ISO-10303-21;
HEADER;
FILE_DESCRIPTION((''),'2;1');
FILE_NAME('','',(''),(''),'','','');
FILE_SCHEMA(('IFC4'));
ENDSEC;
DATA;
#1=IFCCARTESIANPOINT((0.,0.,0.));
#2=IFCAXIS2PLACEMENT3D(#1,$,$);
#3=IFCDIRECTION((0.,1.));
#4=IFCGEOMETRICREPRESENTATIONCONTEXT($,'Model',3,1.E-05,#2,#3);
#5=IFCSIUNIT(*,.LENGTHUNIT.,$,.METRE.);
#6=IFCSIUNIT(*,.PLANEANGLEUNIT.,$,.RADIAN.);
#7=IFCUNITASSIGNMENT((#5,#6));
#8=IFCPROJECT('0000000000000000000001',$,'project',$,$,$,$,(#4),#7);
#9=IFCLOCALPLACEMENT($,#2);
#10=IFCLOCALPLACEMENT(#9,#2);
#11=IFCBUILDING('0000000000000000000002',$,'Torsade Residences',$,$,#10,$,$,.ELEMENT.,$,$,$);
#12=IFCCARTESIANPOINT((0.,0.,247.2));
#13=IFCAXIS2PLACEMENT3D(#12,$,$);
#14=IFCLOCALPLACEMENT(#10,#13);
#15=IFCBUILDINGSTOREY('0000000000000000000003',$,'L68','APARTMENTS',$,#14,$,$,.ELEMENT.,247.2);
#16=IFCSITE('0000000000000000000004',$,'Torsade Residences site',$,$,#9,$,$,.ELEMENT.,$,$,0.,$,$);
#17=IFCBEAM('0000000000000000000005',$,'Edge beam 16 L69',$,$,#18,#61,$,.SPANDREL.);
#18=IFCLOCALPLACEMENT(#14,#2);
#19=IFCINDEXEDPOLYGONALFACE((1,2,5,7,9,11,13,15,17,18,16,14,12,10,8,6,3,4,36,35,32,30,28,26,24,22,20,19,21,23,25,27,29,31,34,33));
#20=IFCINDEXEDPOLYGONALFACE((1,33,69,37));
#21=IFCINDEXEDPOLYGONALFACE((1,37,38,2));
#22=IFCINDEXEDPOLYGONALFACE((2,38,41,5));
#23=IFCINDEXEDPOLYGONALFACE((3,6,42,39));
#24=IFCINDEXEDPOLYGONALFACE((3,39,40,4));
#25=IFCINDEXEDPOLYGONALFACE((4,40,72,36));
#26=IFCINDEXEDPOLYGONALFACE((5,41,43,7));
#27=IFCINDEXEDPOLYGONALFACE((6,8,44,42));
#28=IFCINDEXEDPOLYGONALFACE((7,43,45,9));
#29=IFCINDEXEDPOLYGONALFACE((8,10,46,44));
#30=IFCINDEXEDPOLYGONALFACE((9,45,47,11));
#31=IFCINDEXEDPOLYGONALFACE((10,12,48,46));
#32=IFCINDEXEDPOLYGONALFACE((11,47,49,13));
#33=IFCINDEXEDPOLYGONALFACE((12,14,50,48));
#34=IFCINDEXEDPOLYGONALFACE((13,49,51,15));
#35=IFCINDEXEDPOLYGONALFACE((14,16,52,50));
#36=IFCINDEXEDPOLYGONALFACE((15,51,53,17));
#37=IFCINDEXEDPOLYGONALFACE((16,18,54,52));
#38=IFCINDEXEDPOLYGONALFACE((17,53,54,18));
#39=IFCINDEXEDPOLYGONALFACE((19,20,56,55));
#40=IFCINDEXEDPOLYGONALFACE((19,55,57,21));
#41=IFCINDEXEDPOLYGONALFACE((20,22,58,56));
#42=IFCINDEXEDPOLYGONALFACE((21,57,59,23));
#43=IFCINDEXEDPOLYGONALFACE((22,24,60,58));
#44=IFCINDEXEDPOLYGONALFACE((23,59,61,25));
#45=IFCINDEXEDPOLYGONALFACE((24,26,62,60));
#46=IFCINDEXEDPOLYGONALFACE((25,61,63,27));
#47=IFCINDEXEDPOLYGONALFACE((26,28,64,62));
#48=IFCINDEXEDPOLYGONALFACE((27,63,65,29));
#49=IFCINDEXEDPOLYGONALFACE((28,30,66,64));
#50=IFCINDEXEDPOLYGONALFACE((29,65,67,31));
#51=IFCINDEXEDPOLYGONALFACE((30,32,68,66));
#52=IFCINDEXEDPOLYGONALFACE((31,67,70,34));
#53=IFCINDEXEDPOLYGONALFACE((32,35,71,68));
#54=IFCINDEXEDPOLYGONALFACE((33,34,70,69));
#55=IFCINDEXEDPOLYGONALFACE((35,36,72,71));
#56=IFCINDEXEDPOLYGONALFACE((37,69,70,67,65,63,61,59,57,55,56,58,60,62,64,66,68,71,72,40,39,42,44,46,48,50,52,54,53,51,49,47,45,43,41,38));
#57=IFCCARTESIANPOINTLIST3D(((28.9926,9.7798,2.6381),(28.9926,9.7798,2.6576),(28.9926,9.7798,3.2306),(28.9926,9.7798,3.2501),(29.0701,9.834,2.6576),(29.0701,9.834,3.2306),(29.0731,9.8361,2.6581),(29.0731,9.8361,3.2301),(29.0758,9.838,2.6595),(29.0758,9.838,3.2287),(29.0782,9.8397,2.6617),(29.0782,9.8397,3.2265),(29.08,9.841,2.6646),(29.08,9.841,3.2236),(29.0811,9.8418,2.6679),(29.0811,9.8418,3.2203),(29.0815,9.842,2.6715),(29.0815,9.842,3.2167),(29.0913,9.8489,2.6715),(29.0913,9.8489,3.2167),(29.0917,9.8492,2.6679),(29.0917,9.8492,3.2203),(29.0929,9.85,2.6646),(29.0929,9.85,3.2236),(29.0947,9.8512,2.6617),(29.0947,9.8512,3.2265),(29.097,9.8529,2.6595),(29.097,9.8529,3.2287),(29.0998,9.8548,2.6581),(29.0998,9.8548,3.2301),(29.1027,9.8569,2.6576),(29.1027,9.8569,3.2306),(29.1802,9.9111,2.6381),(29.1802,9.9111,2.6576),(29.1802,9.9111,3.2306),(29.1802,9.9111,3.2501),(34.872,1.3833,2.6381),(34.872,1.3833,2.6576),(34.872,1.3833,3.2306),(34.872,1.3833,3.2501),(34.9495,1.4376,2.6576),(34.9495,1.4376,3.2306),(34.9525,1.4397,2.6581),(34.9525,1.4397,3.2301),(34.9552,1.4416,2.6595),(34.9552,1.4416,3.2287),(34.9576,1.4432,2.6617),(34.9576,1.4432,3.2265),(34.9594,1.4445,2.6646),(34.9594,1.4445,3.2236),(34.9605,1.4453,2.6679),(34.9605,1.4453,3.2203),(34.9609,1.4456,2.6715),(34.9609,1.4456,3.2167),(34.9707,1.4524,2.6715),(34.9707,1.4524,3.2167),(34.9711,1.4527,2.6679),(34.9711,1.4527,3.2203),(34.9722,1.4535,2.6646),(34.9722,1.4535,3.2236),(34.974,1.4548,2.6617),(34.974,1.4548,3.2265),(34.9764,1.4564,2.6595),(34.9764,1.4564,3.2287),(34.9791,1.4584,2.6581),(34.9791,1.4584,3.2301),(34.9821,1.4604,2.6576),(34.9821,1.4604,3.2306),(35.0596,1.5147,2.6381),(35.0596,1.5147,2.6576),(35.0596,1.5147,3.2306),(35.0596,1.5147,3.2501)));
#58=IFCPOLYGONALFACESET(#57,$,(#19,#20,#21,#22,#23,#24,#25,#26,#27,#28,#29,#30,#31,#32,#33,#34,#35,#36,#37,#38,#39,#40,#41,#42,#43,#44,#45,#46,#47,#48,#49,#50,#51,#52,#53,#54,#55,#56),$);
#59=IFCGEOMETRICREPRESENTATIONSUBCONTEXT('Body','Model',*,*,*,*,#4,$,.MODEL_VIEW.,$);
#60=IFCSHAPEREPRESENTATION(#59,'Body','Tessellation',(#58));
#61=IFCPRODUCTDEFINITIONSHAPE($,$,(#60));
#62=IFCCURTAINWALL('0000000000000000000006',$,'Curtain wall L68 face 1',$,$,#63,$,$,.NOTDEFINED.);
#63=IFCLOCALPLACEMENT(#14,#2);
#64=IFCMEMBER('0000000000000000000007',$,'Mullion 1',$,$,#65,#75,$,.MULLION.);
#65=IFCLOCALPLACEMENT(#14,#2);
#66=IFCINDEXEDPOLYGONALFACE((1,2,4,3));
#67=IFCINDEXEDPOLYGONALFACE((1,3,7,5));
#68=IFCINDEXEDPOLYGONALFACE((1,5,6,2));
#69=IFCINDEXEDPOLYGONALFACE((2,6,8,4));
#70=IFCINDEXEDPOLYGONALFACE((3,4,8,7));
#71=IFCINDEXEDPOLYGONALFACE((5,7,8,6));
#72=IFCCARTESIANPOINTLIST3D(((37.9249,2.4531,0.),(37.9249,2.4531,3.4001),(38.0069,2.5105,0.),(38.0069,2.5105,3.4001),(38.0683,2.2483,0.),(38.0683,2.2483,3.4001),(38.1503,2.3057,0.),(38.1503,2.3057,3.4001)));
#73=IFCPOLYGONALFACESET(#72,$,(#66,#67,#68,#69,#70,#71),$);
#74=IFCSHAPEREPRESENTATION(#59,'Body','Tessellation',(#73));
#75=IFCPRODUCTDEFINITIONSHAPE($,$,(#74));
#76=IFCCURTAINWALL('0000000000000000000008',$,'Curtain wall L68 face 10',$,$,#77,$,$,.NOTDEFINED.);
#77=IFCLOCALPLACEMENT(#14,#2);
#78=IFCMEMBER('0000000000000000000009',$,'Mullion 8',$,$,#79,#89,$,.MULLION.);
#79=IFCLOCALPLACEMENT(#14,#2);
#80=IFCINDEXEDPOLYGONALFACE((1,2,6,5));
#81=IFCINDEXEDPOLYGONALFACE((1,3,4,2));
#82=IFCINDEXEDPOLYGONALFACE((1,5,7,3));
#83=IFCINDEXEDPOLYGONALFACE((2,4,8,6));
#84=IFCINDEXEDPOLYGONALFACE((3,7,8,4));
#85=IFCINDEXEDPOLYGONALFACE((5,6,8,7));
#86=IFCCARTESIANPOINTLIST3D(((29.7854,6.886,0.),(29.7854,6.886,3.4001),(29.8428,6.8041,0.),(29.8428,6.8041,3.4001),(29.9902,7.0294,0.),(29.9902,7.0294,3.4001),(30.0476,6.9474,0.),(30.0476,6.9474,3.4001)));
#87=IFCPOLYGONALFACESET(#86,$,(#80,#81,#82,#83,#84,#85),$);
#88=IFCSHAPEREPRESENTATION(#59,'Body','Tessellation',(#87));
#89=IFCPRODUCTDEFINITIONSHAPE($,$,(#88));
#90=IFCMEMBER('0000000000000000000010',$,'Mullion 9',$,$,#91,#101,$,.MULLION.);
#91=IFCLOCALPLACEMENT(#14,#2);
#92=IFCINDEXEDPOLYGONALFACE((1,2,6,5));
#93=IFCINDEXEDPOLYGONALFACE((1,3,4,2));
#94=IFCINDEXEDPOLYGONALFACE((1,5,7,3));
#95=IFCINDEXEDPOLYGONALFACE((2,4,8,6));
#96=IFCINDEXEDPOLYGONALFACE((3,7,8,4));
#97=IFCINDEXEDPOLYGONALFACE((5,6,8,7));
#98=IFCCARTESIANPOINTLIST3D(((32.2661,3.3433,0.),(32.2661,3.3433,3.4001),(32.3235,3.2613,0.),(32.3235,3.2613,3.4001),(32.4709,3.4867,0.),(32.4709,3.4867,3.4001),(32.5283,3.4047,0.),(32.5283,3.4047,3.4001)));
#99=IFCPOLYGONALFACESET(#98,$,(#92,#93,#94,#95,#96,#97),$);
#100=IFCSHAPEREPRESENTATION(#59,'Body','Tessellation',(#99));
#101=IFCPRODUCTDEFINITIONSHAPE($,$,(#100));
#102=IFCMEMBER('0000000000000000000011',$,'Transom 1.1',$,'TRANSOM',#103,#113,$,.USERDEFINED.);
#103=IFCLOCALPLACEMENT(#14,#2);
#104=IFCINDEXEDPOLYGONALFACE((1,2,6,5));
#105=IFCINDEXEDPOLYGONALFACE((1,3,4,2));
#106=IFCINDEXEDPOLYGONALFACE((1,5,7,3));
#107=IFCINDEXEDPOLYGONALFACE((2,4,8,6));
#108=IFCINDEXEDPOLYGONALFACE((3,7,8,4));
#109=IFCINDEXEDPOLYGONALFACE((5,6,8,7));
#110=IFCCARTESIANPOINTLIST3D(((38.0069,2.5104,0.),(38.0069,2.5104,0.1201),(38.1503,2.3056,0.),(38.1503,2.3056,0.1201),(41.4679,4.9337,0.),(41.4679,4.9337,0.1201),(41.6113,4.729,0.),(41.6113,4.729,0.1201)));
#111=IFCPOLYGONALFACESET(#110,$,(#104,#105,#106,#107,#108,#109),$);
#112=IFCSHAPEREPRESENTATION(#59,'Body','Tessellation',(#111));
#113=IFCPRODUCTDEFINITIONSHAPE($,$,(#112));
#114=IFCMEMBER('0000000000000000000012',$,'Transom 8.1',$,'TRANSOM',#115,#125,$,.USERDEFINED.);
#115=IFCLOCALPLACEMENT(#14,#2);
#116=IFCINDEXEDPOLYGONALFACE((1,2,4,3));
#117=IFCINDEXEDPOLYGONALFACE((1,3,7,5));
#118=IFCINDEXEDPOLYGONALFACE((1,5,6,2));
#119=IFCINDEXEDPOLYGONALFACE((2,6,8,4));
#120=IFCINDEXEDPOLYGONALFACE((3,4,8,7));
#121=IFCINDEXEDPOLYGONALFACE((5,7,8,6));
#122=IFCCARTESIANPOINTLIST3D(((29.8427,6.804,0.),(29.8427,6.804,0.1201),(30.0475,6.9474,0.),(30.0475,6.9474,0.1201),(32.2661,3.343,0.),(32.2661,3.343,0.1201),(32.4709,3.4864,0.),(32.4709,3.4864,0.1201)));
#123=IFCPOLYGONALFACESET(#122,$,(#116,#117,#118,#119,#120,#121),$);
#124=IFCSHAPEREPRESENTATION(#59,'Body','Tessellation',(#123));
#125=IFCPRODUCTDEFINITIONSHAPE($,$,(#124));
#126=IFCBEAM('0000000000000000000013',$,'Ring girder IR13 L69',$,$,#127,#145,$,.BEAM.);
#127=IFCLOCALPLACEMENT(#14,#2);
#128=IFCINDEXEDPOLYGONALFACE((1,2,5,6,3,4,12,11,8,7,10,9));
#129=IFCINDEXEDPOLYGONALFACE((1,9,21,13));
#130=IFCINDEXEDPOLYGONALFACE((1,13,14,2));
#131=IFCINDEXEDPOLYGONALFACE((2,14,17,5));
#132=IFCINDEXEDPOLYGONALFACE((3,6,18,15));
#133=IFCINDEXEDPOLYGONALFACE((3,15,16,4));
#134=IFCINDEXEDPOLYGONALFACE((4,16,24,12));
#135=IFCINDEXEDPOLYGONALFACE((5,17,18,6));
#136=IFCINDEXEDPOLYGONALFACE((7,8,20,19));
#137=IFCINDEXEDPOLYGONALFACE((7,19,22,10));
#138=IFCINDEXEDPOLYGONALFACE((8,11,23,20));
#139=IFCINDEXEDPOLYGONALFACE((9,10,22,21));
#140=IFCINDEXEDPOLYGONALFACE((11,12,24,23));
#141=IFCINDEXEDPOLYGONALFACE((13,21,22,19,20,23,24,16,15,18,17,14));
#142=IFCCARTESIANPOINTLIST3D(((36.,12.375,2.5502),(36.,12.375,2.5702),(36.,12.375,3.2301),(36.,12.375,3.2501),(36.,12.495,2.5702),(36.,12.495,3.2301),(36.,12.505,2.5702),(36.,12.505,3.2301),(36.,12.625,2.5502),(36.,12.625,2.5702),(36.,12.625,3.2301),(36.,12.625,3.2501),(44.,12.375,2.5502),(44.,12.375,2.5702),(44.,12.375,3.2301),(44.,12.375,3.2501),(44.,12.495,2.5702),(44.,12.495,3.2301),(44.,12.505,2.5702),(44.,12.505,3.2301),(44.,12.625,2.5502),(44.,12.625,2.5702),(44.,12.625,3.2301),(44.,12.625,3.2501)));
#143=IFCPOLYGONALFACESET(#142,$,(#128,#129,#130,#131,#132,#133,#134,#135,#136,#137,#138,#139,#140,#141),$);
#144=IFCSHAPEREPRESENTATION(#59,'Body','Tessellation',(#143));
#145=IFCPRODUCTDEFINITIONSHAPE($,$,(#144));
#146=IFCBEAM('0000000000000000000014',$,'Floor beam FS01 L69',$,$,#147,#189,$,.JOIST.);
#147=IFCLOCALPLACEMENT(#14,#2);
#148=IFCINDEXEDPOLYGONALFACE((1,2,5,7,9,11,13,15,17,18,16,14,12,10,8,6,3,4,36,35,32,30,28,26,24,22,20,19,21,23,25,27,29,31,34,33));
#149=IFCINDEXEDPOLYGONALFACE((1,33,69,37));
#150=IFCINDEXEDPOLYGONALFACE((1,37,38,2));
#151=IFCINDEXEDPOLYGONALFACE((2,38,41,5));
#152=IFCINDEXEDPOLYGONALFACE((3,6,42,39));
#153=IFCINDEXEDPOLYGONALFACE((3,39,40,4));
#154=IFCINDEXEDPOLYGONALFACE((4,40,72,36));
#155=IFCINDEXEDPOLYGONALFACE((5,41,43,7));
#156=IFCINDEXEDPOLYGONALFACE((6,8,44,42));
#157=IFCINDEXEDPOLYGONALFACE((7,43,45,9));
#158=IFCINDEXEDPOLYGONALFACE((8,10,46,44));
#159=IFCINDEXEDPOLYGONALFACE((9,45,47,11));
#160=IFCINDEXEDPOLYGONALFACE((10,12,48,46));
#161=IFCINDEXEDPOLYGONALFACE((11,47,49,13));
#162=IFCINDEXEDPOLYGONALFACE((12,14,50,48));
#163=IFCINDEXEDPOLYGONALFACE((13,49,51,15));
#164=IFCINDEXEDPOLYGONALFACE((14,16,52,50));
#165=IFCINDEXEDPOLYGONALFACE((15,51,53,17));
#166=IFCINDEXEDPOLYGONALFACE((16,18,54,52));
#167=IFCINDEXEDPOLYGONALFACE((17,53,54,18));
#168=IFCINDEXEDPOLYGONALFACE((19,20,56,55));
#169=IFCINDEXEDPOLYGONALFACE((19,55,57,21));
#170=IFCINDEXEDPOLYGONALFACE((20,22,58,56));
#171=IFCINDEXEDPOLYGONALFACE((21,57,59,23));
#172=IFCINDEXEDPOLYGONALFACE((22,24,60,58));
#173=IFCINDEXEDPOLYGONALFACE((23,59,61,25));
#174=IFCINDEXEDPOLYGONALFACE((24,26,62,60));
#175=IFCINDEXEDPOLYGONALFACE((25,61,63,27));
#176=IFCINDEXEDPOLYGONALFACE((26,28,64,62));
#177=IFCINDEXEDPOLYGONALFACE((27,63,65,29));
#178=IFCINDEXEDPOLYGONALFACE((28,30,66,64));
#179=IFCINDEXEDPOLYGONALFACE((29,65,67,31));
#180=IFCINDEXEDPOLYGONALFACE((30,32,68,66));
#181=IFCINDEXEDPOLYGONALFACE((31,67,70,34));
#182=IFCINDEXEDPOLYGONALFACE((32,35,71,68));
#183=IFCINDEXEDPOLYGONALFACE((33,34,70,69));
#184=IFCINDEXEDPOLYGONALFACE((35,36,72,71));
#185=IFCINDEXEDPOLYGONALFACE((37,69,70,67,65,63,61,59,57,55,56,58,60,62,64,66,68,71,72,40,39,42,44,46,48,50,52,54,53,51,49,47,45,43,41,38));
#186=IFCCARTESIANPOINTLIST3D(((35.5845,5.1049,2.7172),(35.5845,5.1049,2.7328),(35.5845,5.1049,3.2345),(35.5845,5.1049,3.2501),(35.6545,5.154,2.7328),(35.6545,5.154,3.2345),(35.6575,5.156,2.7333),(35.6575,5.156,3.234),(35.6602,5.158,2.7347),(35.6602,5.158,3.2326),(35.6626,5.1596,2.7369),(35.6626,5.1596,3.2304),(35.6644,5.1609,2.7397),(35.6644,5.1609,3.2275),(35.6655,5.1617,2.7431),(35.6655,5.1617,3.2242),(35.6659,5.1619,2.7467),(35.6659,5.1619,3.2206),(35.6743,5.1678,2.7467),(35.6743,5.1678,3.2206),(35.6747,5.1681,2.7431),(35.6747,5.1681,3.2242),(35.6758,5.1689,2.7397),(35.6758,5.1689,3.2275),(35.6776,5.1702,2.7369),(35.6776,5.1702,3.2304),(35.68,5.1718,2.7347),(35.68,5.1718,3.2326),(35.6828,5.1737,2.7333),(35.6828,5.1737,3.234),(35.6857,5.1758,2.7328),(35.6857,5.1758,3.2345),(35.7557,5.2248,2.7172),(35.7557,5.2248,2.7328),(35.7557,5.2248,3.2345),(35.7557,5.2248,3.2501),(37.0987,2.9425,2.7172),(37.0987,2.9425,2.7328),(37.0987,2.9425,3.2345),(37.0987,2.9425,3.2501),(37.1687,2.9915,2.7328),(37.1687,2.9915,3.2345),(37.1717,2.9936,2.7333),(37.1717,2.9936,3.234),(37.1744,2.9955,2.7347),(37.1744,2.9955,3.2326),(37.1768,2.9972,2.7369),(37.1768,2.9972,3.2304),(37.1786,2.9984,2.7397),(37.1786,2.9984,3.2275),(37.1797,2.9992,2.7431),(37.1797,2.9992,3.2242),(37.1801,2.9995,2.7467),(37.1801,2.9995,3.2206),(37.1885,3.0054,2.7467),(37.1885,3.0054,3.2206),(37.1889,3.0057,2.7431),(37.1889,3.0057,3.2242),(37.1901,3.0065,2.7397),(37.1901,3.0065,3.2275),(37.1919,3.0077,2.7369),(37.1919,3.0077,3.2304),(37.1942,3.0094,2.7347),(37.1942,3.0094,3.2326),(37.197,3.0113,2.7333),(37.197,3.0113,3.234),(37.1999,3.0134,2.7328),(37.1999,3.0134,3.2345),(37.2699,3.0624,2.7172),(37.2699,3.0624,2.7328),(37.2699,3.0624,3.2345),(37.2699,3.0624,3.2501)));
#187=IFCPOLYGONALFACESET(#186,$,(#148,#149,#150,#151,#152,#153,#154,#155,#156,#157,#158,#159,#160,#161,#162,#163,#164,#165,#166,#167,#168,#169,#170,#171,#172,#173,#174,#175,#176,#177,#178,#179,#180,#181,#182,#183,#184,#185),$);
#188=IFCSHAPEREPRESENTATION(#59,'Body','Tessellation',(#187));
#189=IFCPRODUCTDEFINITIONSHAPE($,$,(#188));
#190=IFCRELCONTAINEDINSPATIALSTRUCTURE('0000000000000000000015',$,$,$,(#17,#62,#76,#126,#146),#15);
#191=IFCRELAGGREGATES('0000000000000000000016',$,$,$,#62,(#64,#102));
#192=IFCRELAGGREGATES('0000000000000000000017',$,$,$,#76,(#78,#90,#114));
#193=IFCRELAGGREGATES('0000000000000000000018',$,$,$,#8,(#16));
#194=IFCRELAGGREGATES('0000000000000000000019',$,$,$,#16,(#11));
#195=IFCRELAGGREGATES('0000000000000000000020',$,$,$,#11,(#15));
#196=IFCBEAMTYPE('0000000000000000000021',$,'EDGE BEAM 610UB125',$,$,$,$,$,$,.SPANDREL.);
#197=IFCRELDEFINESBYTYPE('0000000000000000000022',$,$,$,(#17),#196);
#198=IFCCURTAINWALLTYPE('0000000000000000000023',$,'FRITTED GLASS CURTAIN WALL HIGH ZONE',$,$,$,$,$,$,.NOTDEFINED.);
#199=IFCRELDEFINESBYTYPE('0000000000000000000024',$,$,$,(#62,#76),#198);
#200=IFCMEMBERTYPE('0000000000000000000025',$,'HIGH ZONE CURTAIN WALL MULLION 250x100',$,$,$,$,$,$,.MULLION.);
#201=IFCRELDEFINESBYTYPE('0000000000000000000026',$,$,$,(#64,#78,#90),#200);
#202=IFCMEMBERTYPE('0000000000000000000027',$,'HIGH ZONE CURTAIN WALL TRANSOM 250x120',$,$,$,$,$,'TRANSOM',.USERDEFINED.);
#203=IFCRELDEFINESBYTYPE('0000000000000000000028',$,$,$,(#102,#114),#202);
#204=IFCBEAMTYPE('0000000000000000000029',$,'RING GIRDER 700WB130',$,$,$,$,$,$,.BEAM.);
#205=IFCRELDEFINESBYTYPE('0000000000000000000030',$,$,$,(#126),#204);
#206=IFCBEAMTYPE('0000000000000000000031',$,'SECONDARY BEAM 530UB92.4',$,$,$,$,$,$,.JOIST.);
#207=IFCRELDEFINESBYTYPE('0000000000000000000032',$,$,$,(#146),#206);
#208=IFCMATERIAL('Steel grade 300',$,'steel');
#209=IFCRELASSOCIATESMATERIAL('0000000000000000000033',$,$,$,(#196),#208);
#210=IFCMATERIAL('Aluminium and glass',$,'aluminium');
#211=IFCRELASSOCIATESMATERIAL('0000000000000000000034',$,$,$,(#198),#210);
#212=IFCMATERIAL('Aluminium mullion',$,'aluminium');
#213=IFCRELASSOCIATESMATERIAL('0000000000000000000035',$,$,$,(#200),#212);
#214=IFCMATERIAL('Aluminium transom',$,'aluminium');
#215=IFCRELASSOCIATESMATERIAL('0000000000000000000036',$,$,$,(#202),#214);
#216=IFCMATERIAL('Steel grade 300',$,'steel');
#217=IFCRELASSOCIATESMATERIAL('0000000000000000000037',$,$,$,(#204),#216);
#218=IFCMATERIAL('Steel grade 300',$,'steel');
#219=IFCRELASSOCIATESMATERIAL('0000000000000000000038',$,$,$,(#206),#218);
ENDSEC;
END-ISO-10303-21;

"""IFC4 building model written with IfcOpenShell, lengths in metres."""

from ifc_helpers import new_model, si_unit, direction, frame, origin, origin_2d, place, context, subcontext, project, spatial, rectangle, i_section, extrude, material, material_profile, profile_set, type_object, element, aggregate, save


model = new_model("IFC4")

# Units and contexts
model_context = context("Model", 3, precision=1e-05, world=origin(), true_north=direction((0.0, 1.0)))
body_context = subcontext(model_context, "Body", "Model", "MODEL_VIEW")
ifc_project = project(units=[si_unit("LENGTHUNIT", "METRE"), si_unit("PLANEANGLEUNIT", "RADIAN")], contexts=[model_context])

# Site, building, storey
site_placement = place(None, origin())
site = spatial("IfcSite", under=ifc_project, at=site_placement, Name="Torsade Residences site", CompositionType="ELEMENT", RefElevation=0.0)
building_placement = place(site_placement, origin())
building = spatial("IfcBuilding", under=site, at=building_placement, Name="Torsade Residences", CompositionType="ELEMENT")
storey_placement = place(building_placement, frame((0.0, 0.0, 247.2)))
storey = spatial("IfcBuildingStorey", under=building, at=storey_placement, Name="L68", Description="APARTMENTS", CompositionType="ELEMENT", Elevation=247.2)

# Beam
ifc_material_1 = material(Name="Steel grade 300", Category="steel")
ifc_material_profile_1 = material_profile(ifc_material_1, i_section(OverallWidth=0.229, OverallDepth=0.6121, WebThickness=0.012, FlangeThickness=0.0195, FilletRadius=0.0139, at=origin_2d()), Name="610UB125")
ifc_profile_set_1 = profile_set([ifc_material_profile_1], Name="Steel grade 300")
beam_type_1 = type_object("IfcBeamType", Name="EDGE BEAM 610UB125", PredefinedType="SPANDREL", material=ifc_profile_set_1)
beam_1_placement = place(storey_placement, frame((29.0864, 9.8455, 2.9441), z_axis=(0.573584, -0.819147, 0.0), x_axis=(0.819147, 0.573584, 0.0)))
element("IfcBeam", 1, at=beam_1_placement, inside=storey, type_object=beam_type_1, Name="Edge beam 16 L69", PredefinedType="SPANDREL", context=body_context, shape_type="SweptSolid", body=[
    extrude(i_section(OverallWidth=0.229, OverallDepth=0.6121, WebThickness=0.012, FlangeThickness=0.0195, FilletRadius=0.0139, at=origin_2d()), origin(), (0.0, 0.0, 1.0), 10.2502),
])

# Curtain wall, member
ifc_material_2 = material(Name="Aluminium and glass", Category="aluminium")
curtain_wall_type = type_object("IfcCurtainWallType", Name="FRITTED GLASS CURTAIN WALL HIGH ZONE", PredefinedType="NOTDEFINED", material=ifc_material_2)
curtain_wall_1_placement = place(storey_placement, origin())
curtain_wall_1 = element("IfcCurtainWall", 2, at=curtain_wall_1_placement, inside=storey, type_object=curtain_wall_type, Name="Curtain wall L68 face 1", PredefinedType="NOTDEFINED")
ifc_material_3 = material(Name="Aluminium mullion", Category="aluminium")
ifc_material_profile_2 = material_profile(ifc_material_3, rectangle(XDim=0.25, YDim=0.1001, at=origin_2d()), Name="HIGH ZONE CURTAIN WALL MULLION 250x100")
ifc_profile_set_2 = profile_set([ifc_material_profile_2], Name="Aluminium mullion")
member_type_1 = type_object("IfcMemberType", Name="HIGH ZONE CURTAIN WALL MULLION 250x100", PredefinedType="MULLION", material=ifc_profile_set_2)
member_1_placement = place(storey_placement, frame((38.0376, 2.3794, 0.0), z_axis=(0.0, 0.0, 1.0), x_axis=(-0.573576, 0.819152, 0.0)))
member_1 = element("IfcMember", 3, at=member_1_placement, type_object=member_type_1, Name="Mullion 1", PredefinedType="MULLION", context=body_context, shape_type="SweptSolid", body=[
    extrude(rectangle(XDim=0.25, YDim=0.1001, at=origin_2d()), origin(), (0.0, 0.0, 1.0), 3.4001),
])

# Curtain wall, members
curtain_wall_2_placement = place(storey_placement, origin())
curtain_wall_2 = element("IfcCurtainWall", 4, at=curtain_wall_2_placement, inside=storey, type_object=curtain_wall_type, Name="Curtain wall L68 face 10", PredefinedType="NOTDEFINED")
member_2_placement = place(storey_placement, frame((29.9165, 6.9167, 0.0), z_axis=(0.0, 0.0, 1.0), x_axis=(0.819152, 0.573576, 0.0)))
member_2 = element("IfcMember", 5, at=member_2_placement, type_object=member_type_1, Name="Mullion 8", PredefinedType="MULLION", context=body_context, shape_type="SweptSolid", body=[
    extrude(rectangle(XDim=0.25, YDim=0.1001, at=origin_2d()), origin(), (0.0, 0.0, 1.0), 3.4001),
])
member_3_placement = place(storey_placement, frame((32.3972, 3.374, 0.0), z_axis=(0.0, 0.0, 1.0), x_axis=(0.819152, 0.573576, 0.0)))
member_3 = element("IfcMember", 6, at=member_3_placement, type_object=member_type_1, Name="Mullion 9", PredefinedType="MULLION", context=body_context, shape_type="SweptSolid", body=[
    extrude(rectangle(XDim=0.25, YDim=0.1001, at=origin_2d()), origin(), (0.0, 0.0, 1.0), 3.4001),
])

# Members
ifc_material_4 = material(Name="Aluminium transom", Category="aluminium")
ifc_material_profile_3 = material_profile(ifc_material_4, rectangle(XDim=0.25, YDim=0.1201, at=origin_2d()), Name="HIGH ZONE CURTAIN WALL TRANSOM 250x120")
ifc_profile_set_3 = profile_set([ifc_material_profile_3], Name="Aluminium transom")
member_type_2 = type_object("IfcMemberType", Name="HIGH ZONE CURTAIN WALL TRANSOM 250x120", ElementType="TRANSOM", PredefinedType="USERDEFINED", material=ifc_profile_set_3)
member_4_placement = place(storey_placement, frame((38.0786, 2.408, 0.0601), z_axis=(0.819156, 0.573571, 0.0), x_axis=(-0.573571, 0.819156, 0.0)))
member_4 = element("IfcMember", 7, at=member_4_placement, type_object=member_type_2, Name="Transom 1.1", ObjectType="TRANSOM", PredefinedType="USERDEFINED", context=body_context, shape_type="SweptSolid", body=[
    extrude(rectangle(XDim=0.25, YDim=0.1201, at=origin_2d()), origin(), (0.0, 0.0, 1.0), 4.2251),
])
aggregate(curtain_wall_1, [member_1, member_4])
member_5_placement = place(storey_placement, frame((29.9451, 6.8757, 0.0601), z_axis=(0.573571, -0.819156, 0.0), x_axis=(0.819156, 0.573571, 0.0)))
member_5 = element("IfcMember", 8, at=member_5_placement, type_object=member_type_2, Name="Transom 8.1", ObjectType="TRANSOM", PredefinedType="USERDEFINED", context=body_context, shape_type="SweptSolid", body=[
    extrude(rectangle(XDim=0.25, YDim=0.1201, at=origin_2d()), origin(), (0.0, 0.0, 1.0), 4.2251),
])

# Beams
ifc_material_5 = material(Name="Steel grade 300", Category="steel")
ifc_material_profile_4 = material_profile(ifc_material_5, i_section(OverallWidth=0.25, OverallDepth=0.7, WebThickness=0.01, FlangeThickness=0.02, at=origin_2d()), Name="700WB130")
ifc_profile_set_4 = profile_set([ifc_material_profile_4], Name="Steel grade 300")
beam_type_2 = type_object("IfcBeamType", Name="RING GIRDER 700WB130", PredefinedType="BEAM", material=ifc_profile_set_4)
beam_2_placement = place(storey_placement, frame((36.0, 12.5, 2.9001), z_axis=(1.0, 0.0, 0.0), x_axis=(0.0, 1.0, 0.0)))
element("IfcBeam", 9, at=beam_2_placement, inside=storey, type_object=beam_type_2, Name="Ring girder IR13 L69", PredefinedType="BEAM", context=body_context, shape_type="SweptSolid", body=[
    extrude(i_section(OverallWidth=0.25, OverallDepth=0.7, WebThickness=0.01, FlangeThickness=0.02, at=origin_2d()), origin(), (0.0, 0.0, 1.0), 8.0),
])
ifc_material_6 = material(Name="Steel grade 300", Category="steel")
ifc_material_profile_5 = material_profile(ifc_material_6, i_section(OverallWidth=0.209, OverallDepth=0.533, WebThickness=0.0103, FlangeThickness=0.0156, FilletRadius=0.0139, at=origin_2d()), Name="530UB92.4")
ifc_profile_set_5 = profile_set([ifc_material_profile_5], Name="Steel grade 300")
beam_type_3 = type_object("IfcBeamType", Name="SECONDARY BEAM 530UB92.4", PredefinedType="JOIST", material=ifc_profile_set_5)
beam_3_placement = place(storey_placement, frame((37.1843, 3.0024, 2.9836), z_axis=(-0.573593, 0.819141, 0.0), x_axis=(-0.819141, -0.573593, 0.0)))
element("IfcBeam", 10, at=beam_3_placement, inside=storey, type_object=beam_type_3, Name="Floor beam FS01 L69", PredefinedType="JOIST", context=body_context, shape_type="SweptSolid", body=[
    extrude(i_section(OverallWidth=0.209, OverallDepth=0.533, WebThickness=0.0103, FlangeThickness=0.0156, FilletRadius=0.0139, at=origin_2d()), origin(), (0.0, 0.0, 1.0), 2.6399),
])

aggregate(curtain_wall_2, [member_2, member_3, member_5])

save(model, "model.ifc")
